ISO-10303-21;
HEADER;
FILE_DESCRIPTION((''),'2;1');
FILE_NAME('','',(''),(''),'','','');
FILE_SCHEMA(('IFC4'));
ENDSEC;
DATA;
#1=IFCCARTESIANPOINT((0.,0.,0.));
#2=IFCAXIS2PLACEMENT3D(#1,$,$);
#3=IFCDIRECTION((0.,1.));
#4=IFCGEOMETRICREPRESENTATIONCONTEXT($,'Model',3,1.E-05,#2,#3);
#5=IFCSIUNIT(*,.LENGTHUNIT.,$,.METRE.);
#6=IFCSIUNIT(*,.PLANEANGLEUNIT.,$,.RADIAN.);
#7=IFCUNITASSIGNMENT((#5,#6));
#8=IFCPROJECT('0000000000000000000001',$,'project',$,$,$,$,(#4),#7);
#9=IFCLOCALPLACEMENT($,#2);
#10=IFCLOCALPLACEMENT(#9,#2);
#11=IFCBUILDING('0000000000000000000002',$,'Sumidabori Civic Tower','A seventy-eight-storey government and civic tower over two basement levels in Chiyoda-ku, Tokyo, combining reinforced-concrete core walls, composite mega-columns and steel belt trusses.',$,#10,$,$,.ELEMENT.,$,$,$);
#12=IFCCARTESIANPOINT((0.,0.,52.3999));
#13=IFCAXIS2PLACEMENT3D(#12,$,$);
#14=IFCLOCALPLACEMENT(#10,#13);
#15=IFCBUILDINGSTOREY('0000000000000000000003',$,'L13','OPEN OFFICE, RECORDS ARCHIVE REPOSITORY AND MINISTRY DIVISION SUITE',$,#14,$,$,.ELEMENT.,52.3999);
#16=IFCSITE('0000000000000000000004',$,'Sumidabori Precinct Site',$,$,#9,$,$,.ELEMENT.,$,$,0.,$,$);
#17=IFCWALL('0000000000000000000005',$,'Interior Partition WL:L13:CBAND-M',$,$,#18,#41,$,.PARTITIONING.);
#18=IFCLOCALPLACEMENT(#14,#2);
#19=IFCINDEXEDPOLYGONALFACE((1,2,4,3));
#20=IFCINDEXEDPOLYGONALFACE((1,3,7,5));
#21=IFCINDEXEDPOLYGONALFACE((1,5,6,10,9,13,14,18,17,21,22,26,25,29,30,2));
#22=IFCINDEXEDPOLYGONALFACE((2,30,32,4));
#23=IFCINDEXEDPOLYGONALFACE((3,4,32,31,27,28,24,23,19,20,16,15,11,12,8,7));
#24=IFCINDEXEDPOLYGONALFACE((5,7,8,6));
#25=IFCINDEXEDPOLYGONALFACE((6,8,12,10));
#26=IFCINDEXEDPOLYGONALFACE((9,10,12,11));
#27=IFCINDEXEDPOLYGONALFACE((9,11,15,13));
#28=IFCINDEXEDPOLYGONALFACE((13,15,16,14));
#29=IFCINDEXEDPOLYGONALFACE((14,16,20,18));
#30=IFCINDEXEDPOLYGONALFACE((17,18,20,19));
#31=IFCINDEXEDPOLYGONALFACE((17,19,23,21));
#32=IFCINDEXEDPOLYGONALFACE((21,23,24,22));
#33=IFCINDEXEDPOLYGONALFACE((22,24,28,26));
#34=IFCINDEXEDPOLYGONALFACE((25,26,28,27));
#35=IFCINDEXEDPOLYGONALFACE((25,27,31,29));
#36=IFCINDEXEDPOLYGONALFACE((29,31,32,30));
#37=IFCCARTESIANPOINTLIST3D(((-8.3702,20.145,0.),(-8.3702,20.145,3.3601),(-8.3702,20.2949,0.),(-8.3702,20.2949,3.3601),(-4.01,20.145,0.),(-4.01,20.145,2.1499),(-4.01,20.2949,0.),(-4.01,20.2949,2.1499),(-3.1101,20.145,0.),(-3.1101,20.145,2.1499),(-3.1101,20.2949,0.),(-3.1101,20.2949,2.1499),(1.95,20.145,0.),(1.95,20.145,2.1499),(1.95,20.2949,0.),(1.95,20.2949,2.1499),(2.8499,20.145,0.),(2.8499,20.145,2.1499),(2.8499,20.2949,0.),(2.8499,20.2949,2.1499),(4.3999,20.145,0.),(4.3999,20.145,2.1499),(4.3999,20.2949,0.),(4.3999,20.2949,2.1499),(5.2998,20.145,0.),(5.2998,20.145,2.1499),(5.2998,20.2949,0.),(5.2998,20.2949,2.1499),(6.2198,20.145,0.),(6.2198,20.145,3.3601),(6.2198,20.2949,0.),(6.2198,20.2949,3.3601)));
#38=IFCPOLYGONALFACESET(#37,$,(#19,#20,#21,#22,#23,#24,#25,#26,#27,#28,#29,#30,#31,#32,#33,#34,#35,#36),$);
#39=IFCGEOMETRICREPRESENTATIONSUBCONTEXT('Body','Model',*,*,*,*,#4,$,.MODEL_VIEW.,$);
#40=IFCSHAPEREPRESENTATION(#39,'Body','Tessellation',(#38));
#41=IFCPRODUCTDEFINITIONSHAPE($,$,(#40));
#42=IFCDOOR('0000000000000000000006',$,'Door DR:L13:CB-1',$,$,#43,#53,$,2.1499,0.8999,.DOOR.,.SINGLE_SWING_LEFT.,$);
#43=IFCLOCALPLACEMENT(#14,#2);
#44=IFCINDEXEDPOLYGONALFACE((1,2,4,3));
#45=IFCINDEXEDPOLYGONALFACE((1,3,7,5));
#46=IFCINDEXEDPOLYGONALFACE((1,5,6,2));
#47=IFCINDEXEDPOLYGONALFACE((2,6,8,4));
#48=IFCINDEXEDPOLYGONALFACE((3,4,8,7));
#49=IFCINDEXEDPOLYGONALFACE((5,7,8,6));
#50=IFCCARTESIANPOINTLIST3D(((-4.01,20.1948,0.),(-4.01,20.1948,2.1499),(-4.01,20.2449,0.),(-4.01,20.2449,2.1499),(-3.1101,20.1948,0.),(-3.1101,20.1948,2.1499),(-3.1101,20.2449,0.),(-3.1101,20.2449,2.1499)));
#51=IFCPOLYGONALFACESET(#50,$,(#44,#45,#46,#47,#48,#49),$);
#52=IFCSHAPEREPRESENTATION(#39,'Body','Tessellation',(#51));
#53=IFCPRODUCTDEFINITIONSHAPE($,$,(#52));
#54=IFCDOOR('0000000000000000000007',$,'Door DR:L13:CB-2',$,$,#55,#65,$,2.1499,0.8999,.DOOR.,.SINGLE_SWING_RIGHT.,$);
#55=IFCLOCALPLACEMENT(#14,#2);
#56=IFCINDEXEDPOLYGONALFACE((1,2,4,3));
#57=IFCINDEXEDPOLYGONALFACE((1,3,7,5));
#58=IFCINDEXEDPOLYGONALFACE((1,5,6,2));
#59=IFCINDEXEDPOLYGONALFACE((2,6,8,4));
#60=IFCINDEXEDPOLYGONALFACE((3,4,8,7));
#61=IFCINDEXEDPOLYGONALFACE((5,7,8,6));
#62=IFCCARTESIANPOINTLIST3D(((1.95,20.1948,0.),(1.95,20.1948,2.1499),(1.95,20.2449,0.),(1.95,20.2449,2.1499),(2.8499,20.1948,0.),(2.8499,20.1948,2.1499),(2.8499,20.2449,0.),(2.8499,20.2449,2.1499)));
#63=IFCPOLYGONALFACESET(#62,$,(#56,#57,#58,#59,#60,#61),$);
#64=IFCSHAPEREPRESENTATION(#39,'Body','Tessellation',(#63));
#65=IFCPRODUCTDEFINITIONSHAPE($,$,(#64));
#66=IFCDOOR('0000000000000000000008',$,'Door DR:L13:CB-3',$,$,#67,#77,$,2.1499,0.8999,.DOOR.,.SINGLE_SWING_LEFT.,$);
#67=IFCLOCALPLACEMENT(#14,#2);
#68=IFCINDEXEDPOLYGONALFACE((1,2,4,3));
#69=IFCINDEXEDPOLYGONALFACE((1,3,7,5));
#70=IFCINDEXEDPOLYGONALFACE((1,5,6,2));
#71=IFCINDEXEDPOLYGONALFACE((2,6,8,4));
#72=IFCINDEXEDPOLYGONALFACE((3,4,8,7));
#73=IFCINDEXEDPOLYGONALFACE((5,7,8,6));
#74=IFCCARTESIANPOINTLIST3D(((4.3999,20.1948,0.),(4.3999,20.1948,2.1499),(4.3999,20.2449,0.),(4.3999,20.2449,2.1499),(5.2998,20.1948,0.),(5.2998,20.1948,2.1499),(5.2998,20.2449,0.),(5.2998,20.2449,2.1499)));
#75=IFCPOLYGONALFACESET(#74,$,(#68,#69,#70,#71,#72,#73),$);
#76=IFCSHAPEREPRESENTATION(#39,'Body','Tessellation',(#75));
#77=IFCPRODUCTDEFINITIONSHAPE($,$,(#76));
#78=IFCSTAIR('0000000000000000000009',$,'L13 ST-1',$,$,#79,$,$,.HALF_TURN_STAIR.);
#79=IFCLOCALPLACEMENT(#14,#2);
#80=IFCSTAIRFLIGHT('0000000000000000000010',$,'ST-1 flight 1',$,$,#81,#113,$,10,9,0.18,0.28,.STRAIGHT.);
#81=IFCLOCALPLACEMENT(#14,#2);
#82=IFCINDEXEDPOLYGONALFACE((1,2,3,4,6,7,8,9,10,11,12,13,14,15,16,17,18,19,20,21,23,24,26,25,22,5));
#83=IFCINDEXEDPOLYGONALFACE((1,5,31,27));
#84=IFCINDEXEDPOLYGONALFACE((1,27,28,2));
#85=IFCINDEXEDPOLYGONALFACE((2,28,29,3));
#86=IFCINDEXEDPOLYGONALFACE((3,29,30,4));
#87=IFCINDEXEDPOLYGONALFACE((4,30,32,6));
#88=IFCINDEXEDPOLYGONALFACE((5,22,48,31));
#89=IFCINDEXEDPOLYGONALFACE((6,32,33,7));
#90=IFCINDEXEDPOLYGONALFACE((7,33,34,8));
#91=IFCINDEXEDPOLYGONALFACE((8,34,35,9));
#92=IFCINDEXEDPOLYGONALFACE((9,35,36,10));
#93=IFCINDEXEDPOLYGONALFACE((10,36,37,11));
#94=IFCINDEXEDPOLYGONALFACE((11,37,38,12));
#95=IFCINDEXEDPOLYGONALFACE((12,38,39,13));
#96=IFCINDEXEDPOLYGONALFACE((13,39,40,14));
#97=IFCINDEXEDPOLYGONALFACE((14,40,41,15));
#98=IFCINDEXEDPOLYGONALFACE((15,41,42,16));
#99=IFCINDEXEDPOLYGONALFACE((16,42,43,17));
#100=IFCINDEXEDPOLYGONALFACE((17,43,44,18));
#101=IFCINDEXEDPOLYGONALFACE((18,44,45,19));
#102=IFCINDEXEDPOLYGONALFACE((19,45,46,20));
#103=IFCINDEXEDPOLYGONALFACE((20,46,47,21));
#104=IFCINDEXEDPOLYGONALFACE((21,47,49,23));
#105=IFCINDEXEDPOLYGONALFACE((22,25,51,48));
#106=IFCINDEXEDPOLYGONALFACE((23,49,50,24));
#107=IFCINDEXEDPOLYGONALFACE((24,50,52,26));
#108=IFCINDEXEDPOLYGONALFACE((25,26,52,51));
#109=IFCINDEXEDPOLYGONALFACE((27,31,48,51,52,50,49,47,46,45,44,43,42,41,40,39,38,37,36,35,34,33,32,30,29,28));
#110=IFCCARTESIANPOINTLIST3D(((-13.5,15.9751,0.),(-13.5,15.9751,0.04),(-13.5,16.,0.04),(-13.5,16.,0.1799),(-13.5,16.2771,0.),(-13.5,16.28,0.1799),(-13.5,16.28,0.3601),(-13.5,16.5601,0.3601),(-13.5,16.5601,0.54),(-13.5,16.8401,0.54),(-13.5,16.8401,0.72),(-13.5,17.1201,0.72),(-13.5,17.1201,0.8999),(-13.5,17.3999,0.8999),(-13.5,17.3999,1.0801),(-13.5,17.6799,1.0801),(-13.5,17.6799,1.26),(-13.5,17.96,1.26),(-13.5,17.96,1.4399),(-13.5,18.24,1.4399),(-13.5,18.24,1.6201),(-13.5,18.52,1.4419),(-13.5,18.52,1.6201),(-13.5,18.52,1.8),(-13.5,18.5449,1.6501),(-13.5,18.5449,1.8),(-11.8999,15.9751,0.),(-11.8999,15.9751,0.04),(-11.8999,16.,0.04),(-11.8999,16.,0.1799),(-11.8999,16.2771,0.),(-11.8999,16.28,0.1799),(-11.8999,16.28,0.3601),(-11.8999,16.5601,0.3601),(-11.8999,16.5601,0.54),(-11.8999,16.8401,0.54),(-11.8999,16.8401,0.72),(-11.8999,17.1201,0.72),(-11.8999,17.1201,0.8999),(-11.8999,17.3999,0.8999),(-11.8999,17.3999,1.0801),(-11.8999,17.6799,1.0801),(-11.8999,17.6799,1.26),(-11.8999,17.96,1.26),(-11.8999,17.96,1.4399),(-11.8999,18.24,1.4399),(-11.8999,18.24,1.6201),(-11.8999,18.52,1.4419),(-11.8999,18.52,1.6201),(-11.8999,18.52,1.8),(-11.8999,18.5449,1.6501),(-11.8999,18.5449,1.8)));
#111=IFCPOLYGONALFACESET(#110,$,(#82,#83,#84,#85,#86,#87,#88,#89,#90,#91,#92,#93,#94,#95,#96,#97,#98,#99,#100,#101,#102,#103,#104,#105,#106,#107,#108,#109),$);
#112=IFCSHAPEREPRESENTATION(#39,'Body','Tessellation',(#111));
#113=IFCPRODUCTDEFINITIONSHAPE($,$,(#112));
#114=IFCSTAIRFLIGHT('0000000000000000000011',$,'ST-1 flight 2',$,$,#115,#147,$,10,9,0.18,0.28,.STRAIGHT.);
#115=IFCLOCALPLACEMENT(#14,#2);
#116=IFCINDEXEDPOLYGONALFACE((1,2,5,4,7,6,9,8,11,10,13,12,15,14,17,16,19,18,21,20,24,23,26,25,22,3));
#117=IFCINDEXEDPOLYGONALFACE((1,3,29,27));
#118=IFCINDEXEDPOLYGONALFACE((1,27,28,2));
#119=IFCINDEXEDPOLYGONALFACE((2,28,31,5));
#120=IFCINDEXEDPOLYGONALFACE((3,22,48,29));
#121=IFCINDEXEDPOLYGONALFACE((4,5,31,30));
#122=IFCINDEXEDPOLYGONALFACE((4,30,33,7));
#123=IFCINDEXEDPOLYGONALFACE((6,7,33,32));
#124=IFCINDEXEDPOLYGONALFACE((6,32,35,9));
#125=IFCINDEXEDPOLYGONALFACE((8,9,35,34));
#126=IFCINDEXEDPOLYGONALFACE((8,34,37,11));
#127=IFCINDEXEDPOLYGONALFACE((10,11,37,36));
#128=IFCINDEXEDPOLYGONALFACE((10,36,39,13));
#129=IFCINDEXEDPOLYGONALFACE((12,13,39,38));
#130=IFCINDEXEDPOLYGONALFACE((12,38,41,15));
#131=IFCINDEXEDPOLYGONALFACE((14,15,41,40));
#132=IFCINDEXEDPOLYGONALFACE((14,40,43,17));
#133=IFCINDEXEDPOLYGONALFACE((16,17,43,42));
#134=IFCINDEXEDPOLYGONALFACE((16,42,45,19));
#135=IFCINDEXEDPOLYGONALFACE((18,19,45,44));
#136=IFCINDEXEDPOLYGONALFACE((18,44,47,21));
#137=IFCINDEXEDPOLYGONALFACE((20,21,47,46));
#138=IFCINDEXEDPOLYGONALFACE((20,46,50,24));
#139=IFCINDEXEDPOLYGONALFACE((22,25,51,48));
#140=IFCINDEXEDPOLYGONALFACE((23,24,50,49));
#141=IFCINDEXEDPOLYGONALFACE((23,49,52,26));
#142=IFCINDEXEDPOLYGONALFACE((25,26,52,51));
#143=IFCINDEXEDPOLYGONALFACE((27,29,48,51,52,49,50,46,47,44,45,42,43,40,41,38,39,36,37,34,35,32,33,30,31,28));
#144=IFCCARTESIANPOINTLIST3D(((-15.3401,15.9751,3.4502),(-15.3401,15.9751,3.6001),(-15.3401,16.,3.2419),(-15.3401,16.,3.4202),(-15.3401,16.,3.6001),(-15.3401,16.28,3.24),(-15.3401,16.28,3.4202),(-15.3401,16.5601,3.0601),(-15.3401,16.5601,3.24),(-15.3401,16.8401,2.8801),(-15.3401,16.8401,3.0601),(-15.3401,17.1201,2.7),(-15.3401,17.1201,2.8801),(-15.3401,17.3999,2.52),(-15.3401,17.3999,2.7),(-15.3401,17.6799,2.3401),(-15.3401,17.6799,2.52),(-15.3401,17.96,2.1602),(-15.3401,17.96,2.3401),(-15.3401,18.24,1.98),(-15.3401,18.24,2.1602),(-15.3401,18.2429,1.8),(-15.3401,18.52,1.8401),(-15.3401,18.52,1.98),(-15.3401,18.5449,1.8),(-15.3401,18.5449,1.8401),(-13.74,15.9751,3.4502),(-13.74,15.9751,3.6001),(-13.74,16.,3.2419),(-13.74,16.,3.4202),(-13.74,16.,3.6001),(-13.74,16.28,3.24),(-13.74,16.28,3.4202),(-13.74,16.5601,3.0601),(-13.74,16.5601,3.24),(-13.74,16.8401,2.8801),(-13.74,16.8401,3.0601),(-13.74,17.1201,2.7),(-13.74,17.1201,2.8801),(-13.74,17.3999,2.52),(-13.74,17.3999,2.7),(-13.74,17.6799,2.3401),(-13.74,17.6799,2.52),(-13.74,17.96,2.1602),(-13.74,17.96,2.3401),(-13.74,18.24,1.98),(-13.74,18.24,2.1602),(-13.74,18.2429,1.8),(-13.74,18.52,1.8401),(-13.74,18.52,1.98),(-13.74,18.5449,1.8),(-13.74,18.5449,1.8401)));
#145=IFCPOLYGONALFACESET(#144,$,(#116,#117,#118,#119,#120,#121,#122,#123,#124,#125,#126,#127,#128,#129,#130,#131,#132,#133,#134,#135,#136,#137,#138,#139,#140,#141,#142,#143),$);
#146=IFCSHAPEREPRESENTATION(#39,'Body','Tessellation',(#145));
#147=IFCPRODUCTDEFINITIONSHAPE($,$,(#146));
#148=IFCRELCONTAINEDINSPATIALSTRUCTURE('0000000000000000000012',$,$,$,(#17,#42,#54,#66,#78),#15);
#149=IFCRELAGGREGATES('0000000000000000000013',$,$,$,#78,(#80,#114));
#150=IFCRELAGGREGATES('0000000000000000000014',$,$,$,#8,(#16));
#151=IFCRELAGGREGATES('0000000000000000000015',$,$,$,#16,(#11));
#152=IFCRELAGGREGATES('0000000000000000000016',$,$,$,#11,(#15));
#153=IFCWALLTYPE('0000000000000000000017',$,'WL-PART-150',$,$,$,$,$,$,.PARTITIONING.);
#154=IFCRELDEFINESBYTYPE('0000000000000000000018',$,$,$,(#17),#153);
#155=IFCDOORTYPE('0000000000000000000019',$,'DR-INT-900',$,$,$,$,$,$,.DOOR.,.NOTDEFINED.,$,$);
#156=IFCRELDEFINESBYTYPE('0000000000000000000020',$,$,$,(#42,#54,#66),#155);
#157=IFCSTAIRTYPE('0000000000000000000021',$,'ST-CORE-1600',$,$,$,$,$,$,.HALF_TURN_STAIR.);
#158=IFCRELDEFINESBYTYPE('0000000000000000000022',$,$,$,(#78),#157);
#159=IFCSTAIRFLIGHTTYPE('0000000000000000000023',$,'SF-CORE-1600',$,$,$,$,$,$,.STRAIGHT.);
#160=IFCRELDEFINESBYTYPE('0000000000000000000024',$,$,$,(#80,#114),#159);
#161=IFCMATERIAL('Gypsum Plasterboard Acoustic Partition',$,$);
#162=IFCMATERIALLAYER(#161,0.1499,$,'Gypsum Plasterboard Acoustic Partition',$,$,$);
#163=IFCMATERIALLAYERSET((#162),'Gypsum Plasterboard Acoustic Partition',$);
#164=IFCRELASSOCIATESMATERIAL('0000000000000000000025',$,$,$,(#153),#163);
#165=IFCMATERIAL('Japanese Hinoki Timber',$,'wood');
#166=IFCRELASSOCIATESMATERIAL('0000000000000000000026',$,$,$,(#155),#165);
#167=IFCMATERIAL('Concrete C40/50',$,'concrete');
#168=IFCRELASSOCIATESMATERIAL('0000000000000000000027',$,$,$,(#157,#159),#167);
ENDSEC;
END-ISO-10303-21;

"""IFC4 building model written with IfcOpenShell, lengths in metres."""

from ifc_helpers import new_model, si_unit, direction, frame, frame_2d, origin, place, context, subcontext, project, spatial, polyline, rectangle, outline, extrude, source, transform, mapped, material, layer, layer_set, type_object, element, fill, aggregate, save


model = new_model("IFC4")

# Units and contexts
model_context = context("Model", 3, precision=1e-05, world=origin(), true_north=direction((0.0, 1.0)))
body_context = subcontext(model_context, "Body", "Model", "MODEL_VIEW")
ifc_project = project(units=[si_unit("LENGTHUNIT", "METRE"), si_unit("PLANEANGLEUNIT", "RADIAN")], contexts=[model_context])

# Site, building, storey
site_placement = place(None, origin())
site = spatial("IfcSite", under=ifc_project, at=site_placement, Name="Sumidabori Precinct Site", CompositionType="ELEMENT", RefElevation=0.0)
building_placement = place(site_placement, origin())
building = spatial("IfcBuilding", under=site, at=building_placement, Name="Sumidabori Civic Tower", Description="A seventy-eight-storey government and civic tower over two basement levels in Chiyoda-ku, Tokyo, combining reinforced-concrete core walls, composite mega-columns and steel belt trusses.", CompositionType="ELEMENT")
storey_placement = place(building_placement, frame((0.0, 0.0, 52.3999)))
storey = spatial("IfcBuildingStorey", under=building, at=storey_placement, Name="L13", Description="OPEN OFFICE, RECORDS ARCHIVE REPOSITORY AND MINISTRY DIVISION SUITE", CompositionType="ELEMENT", Elevation=52.3999)

# Wall, openings, doors
ifc_material_1 = material(Name="Gypsum Plasterboard Acoustic Partition")
ifc_layer_1 = layer(ifc_material_1, 0.1499, Name="Gypsum Plasterboard Acoustic Partition")
ifc_layer_set_1 = layer_set([ifc_layer_1], Name="Gypsum Plasterboard Acoustic Partition")
wall_type_1 = type_object("IfcWallType", Name="WL-PART-150", PredefinedType="PARTITIONING", material=ifc_layer_set_1)
shared_shape_1 = source(origin(), body_context, "Body", "SweptSolid", [
    extrude(rectangle(XDim=14.5901, YDim=0.1499, at=frame_2d((7.2949, 0.0))), origin(), (0.0, 0.0, 1.0), 3.3601),
])
wall_1_placement = place(storey_placement, frame((-8.3701, 20.22, 0.0), z_axis=(0.0, 0.0, 1.0), x_axis=(1.0, 0.0, 0.0)))
wall_1 = element("IfcWall", 1, at=wall_1_placement, inside=storey, type_object=wall_type_1, Name="Interior Partition WL:L13:CBAND-M", PredefinedType="PARTITIONING", context=body_context, shape_type="MappedRepresentation", body=[
    mapped(shared_shape_1, transform((0.0, 0.0, 0.0), x_axis=(1.0, 0.0, 0.0), y_axis=(0.0, 1.0, 0.0), z_axis=(0.0, 0.0, 1.0), scale=1.0)),
])
opening_1_placement = place(wall_1_placement, frame((4.3601, 0.0, 0.0)))
opening_1 = element("IfcOpeningElement", 2, at=opening_1_placement, cuts=wall_1, PredefinedType="OPENING", context=body_context, shape_type="SweptSolid", body=[
    extrude(rectangle(XDim=0.8999, YDim=2.1499, at=frame_2d((0.45, 1.075))), frame((0.0, 0.0869, 0.0), z_axis=(0.0, -1.0, 0.0), x_axis=(1.0, 0.0, 0.0)), (0.0, 0.0, 1.0), 0.1738),
])
opening_2_placement = place(wall_1_placement, frame((10.3201, 0.0, 0.0)))
opening_2 = element("IfcOpeningElement", 3, at=opening_2_placement, cuts=wall_1, PredefinedType="OPENING", context=body_context, shape_type="SweptSolid", body=[
    extrude(rectangle(XDim=0.8999, YDim=2.1499, at=frame_2d((0.45, 1.075))), frame((0.0, 0.0869, 0.0), z_axis=(0.0, -1.0, 0.0), x_axis=(1.0, 0.0, 0.0)), (0.0, 0.0, 1.0), 0.1738),
])
opening_3_placement = place(wall_1_placement, frame((12.77, 0.0, 0.0)))
opening_3 = element("IfcOpeningElement", 4, at=opening_3_placement, cuts=wall_1, PredefinedType="OPENING", context=body_context, shape_type="SweptSolid", body=[
    extrude(rectangle(XDim=0.8999, YDim=2.1499, at=frame_2d((0.45, 1.075))), frame((0.0, 0.0869, 0.0), z_axis=(0.0, -1.0, 0.0), x_axis=(1.0, 0.0, 0.0)), (0.0, 0.0, 1.0), 0.1738),
])
ifc_material_2 = material(Name="Japanese Hinoki Timber", Category="wood")
door_type = type_object("IfcDoorType", Name="DR-INT-900", OperationType="NOTDEFINED", PredefinedType="DOOR", material=ifc_material_2)
shared_shape_2 = source(origin(), body_context, "Body", "SweptSolid", [
    extrude(rectangle(XDim=0.8999, YDim=2.1499, at=frame_2d((0.45, 1.075))), frame((0.0, 0.0249, 0.0), z_axis=(0.0, -1.0, 0.0), x_axis=(1.0, 0.0, 0.0)), (0.0, 0.0, 1.0), 0.05),
])
door_1_placement = place(opening_1_placement, origin())
door_1 = element("IfcDoor", 5, at=door_1_placement, inside=storey, type_object=door_type, Name="Door DR:L13:CB-1", OperationType="SINGLE_SWING_LEFT", OverallHeight=2.1499, OverallWidth=0.8999, PredefinedType="DOOR", context=body_context, shape_type="MappedRepresentation", body=[
    mapped(shared_shape_2, transform((0.0, 0.0, 0.0), x_axis=(1.0, 0.0, 0.0), y_axis=(0.0, 1.0, 0.0), z_axis=(0.0, 0.0, 1.0), scale=1.0)),
])
fill(opening_1, door_1)
door_2_placement = place(opening_2_placement, origin())
door_2 = element("IfcDoor", 6, at=door_2_placement, inside=storey, type_object=door_type, Name="Door DR:L13:CB-2", OperationType="SINGLE_SWING_RIGHT", OverallHeight=2.1499, OverallWidth=0.8999, PredefinedType="DOOR", context=body_context, shape_type="MappedRepresentation", body=[
    mapped(shared_shape_2, transform((0.0, 0.0, 0.0), x_axis=(1.0, 0.0, 0.0), y_axis=(0.0, 1.0, 0.0), z_axis=(0.0, 0.0, 1.0), scale=1.0)),
])
fill(opening_2, door_2)
door_3_placement = place(opening_3_placement, origin())
door_3 = element("IfcDoor", 7, at=door_3_placement, inside=storey, type_object=door_type, Name="Door DR:L13:CB-3", OperationType="SINGLE_SWING_LEFT", OverallHeight=2.1499, OverallWidth=0.8999, PredefinedType="DOOR", context=body_context, shape_type="MappedRepresentation", body=[
    mapped(shared_shape_2, transform((0.0, 0.0, 0.0), x_axis=(1.0, 0.0, 0.0), y_axis=(0.0, 1.0, 0.0), z_axis=(0.0, 0.0, 1.0), scale=1.0)),
])
fill(opening_3, door_3)

# Stair, stair flights
ifc_material_3 = material(Name="Concrete C40/50", Category="concrete")
stair_type = type_object("IfcStairType", Name="ST-CORE-1600", PredefinedType="HALF_TURN_STAIR", material=ifc_material_3)
stair_placement = place(storey_placement, origin())
stair = element("IfcStair", 8, at=stair_placement, inside=storey, type_object=stair_type, Name="L13 ST-1", PredefinedType="HALF_TURN_STAIR")
stair_flight_type = type_object("IfcStairFlightType", Name="SF-CORE-1600", PredefinedType="STRAIGHT", material=ifc_material_3)
shared_shape_3 = source(origin(), body_context, "Body", "SweptSolid", [
    extrude(outline(polyline([(-0.0249, 0.0), (-0.0249, 0.04), (0.0, 0.04), (0.0, 0.1799), (0.28, 0.1799), (0.28, 0.3601), (0.5601, 0.3601), (0.5601, 0.54), (0.8401, 0.54), (0.8401, 0.72), (1.1201, 0.72), (1.1201, 0.8999), (1.3999, 0.8999), (1.3999, 1.0801), (1.6799, 1.0801), (1.6799, 1.26), (1.96, 1.26), (1.96, 1.4399), (2.24, 1.4399), (2.24, 1.6201), (2.52, 1.6201), (2.52, 1.8), (2.5449, 1.8), (2.5449, 1.6501), (2.52, 1.4419), (0.2771, 0.0), (-0.0249, 0.0)])), frame((0.0, 0.8, 0.0), z_axis=(0.0, -1.0, 0.0), x_axis=(1.0, 0.0, 0.0)), (0.0, 0.0, 1.0), 1.6001),
])
stair_flight_1_placement = place(storey_placement, frame((-12.7, 16.0, 0.0), z_axis=(0.0, 0.0, 1.0), x_axis=(0.0, 1.0, 0.0)))
stair_flight_1 = element("IfcStairFlight", 9, at=stair_flight_1_placement, type_object=stair_flight_type, Name="ST-1 flight 1", NumberOfRisers=10, NumberOfTreads=9, PredefinedType="STRAIGHT", RiserHeight=0.18, TreadLength=0.28, context=body_context, shape_type="MappedRepresentation", body=[
    mapped(shared_shape_3, transform((0.0, 0.0, 0.0), x_axis=(1.0, 0.0, 0.0), y_axis=(0.0, 1.0, 0.0), z_axis=(0.0, 0.0, 1.0), scale=1.0)),
])
stair_flight_2_placement = place(storey_placement, frame((-14.54, 18.52, 1.8), z_axis=(0.0, 0.0, 1.0), x_axis=(0.0, -1.0, 0.0)))
stair_flight_2 = element("IfcStairFlight", 10, at=stair_flight_2_placement, type_object=stair_flight_type, Name="ST-1 flight 2", NumberOfRisers=10, NumberOfTreads=9, PredefinedType="STRAIGHT", RiserHeight=0.18, TreadLength=0.28, context=body_context, shape_type="MappedRepresentation", body=[
    mapped(shared_shape_3, transform((0.0, 0.0, 0.0), x_axis=(1.0, 0.0, 0.0), y_axis=(0.0, 1.0, 0.0), z_axis=(0.0, 0.0, 1.0), scale=1.0)),
])
aggregate(stair, [stair_flight_1, stair_flight_2])

save(model, "model.ifc")
